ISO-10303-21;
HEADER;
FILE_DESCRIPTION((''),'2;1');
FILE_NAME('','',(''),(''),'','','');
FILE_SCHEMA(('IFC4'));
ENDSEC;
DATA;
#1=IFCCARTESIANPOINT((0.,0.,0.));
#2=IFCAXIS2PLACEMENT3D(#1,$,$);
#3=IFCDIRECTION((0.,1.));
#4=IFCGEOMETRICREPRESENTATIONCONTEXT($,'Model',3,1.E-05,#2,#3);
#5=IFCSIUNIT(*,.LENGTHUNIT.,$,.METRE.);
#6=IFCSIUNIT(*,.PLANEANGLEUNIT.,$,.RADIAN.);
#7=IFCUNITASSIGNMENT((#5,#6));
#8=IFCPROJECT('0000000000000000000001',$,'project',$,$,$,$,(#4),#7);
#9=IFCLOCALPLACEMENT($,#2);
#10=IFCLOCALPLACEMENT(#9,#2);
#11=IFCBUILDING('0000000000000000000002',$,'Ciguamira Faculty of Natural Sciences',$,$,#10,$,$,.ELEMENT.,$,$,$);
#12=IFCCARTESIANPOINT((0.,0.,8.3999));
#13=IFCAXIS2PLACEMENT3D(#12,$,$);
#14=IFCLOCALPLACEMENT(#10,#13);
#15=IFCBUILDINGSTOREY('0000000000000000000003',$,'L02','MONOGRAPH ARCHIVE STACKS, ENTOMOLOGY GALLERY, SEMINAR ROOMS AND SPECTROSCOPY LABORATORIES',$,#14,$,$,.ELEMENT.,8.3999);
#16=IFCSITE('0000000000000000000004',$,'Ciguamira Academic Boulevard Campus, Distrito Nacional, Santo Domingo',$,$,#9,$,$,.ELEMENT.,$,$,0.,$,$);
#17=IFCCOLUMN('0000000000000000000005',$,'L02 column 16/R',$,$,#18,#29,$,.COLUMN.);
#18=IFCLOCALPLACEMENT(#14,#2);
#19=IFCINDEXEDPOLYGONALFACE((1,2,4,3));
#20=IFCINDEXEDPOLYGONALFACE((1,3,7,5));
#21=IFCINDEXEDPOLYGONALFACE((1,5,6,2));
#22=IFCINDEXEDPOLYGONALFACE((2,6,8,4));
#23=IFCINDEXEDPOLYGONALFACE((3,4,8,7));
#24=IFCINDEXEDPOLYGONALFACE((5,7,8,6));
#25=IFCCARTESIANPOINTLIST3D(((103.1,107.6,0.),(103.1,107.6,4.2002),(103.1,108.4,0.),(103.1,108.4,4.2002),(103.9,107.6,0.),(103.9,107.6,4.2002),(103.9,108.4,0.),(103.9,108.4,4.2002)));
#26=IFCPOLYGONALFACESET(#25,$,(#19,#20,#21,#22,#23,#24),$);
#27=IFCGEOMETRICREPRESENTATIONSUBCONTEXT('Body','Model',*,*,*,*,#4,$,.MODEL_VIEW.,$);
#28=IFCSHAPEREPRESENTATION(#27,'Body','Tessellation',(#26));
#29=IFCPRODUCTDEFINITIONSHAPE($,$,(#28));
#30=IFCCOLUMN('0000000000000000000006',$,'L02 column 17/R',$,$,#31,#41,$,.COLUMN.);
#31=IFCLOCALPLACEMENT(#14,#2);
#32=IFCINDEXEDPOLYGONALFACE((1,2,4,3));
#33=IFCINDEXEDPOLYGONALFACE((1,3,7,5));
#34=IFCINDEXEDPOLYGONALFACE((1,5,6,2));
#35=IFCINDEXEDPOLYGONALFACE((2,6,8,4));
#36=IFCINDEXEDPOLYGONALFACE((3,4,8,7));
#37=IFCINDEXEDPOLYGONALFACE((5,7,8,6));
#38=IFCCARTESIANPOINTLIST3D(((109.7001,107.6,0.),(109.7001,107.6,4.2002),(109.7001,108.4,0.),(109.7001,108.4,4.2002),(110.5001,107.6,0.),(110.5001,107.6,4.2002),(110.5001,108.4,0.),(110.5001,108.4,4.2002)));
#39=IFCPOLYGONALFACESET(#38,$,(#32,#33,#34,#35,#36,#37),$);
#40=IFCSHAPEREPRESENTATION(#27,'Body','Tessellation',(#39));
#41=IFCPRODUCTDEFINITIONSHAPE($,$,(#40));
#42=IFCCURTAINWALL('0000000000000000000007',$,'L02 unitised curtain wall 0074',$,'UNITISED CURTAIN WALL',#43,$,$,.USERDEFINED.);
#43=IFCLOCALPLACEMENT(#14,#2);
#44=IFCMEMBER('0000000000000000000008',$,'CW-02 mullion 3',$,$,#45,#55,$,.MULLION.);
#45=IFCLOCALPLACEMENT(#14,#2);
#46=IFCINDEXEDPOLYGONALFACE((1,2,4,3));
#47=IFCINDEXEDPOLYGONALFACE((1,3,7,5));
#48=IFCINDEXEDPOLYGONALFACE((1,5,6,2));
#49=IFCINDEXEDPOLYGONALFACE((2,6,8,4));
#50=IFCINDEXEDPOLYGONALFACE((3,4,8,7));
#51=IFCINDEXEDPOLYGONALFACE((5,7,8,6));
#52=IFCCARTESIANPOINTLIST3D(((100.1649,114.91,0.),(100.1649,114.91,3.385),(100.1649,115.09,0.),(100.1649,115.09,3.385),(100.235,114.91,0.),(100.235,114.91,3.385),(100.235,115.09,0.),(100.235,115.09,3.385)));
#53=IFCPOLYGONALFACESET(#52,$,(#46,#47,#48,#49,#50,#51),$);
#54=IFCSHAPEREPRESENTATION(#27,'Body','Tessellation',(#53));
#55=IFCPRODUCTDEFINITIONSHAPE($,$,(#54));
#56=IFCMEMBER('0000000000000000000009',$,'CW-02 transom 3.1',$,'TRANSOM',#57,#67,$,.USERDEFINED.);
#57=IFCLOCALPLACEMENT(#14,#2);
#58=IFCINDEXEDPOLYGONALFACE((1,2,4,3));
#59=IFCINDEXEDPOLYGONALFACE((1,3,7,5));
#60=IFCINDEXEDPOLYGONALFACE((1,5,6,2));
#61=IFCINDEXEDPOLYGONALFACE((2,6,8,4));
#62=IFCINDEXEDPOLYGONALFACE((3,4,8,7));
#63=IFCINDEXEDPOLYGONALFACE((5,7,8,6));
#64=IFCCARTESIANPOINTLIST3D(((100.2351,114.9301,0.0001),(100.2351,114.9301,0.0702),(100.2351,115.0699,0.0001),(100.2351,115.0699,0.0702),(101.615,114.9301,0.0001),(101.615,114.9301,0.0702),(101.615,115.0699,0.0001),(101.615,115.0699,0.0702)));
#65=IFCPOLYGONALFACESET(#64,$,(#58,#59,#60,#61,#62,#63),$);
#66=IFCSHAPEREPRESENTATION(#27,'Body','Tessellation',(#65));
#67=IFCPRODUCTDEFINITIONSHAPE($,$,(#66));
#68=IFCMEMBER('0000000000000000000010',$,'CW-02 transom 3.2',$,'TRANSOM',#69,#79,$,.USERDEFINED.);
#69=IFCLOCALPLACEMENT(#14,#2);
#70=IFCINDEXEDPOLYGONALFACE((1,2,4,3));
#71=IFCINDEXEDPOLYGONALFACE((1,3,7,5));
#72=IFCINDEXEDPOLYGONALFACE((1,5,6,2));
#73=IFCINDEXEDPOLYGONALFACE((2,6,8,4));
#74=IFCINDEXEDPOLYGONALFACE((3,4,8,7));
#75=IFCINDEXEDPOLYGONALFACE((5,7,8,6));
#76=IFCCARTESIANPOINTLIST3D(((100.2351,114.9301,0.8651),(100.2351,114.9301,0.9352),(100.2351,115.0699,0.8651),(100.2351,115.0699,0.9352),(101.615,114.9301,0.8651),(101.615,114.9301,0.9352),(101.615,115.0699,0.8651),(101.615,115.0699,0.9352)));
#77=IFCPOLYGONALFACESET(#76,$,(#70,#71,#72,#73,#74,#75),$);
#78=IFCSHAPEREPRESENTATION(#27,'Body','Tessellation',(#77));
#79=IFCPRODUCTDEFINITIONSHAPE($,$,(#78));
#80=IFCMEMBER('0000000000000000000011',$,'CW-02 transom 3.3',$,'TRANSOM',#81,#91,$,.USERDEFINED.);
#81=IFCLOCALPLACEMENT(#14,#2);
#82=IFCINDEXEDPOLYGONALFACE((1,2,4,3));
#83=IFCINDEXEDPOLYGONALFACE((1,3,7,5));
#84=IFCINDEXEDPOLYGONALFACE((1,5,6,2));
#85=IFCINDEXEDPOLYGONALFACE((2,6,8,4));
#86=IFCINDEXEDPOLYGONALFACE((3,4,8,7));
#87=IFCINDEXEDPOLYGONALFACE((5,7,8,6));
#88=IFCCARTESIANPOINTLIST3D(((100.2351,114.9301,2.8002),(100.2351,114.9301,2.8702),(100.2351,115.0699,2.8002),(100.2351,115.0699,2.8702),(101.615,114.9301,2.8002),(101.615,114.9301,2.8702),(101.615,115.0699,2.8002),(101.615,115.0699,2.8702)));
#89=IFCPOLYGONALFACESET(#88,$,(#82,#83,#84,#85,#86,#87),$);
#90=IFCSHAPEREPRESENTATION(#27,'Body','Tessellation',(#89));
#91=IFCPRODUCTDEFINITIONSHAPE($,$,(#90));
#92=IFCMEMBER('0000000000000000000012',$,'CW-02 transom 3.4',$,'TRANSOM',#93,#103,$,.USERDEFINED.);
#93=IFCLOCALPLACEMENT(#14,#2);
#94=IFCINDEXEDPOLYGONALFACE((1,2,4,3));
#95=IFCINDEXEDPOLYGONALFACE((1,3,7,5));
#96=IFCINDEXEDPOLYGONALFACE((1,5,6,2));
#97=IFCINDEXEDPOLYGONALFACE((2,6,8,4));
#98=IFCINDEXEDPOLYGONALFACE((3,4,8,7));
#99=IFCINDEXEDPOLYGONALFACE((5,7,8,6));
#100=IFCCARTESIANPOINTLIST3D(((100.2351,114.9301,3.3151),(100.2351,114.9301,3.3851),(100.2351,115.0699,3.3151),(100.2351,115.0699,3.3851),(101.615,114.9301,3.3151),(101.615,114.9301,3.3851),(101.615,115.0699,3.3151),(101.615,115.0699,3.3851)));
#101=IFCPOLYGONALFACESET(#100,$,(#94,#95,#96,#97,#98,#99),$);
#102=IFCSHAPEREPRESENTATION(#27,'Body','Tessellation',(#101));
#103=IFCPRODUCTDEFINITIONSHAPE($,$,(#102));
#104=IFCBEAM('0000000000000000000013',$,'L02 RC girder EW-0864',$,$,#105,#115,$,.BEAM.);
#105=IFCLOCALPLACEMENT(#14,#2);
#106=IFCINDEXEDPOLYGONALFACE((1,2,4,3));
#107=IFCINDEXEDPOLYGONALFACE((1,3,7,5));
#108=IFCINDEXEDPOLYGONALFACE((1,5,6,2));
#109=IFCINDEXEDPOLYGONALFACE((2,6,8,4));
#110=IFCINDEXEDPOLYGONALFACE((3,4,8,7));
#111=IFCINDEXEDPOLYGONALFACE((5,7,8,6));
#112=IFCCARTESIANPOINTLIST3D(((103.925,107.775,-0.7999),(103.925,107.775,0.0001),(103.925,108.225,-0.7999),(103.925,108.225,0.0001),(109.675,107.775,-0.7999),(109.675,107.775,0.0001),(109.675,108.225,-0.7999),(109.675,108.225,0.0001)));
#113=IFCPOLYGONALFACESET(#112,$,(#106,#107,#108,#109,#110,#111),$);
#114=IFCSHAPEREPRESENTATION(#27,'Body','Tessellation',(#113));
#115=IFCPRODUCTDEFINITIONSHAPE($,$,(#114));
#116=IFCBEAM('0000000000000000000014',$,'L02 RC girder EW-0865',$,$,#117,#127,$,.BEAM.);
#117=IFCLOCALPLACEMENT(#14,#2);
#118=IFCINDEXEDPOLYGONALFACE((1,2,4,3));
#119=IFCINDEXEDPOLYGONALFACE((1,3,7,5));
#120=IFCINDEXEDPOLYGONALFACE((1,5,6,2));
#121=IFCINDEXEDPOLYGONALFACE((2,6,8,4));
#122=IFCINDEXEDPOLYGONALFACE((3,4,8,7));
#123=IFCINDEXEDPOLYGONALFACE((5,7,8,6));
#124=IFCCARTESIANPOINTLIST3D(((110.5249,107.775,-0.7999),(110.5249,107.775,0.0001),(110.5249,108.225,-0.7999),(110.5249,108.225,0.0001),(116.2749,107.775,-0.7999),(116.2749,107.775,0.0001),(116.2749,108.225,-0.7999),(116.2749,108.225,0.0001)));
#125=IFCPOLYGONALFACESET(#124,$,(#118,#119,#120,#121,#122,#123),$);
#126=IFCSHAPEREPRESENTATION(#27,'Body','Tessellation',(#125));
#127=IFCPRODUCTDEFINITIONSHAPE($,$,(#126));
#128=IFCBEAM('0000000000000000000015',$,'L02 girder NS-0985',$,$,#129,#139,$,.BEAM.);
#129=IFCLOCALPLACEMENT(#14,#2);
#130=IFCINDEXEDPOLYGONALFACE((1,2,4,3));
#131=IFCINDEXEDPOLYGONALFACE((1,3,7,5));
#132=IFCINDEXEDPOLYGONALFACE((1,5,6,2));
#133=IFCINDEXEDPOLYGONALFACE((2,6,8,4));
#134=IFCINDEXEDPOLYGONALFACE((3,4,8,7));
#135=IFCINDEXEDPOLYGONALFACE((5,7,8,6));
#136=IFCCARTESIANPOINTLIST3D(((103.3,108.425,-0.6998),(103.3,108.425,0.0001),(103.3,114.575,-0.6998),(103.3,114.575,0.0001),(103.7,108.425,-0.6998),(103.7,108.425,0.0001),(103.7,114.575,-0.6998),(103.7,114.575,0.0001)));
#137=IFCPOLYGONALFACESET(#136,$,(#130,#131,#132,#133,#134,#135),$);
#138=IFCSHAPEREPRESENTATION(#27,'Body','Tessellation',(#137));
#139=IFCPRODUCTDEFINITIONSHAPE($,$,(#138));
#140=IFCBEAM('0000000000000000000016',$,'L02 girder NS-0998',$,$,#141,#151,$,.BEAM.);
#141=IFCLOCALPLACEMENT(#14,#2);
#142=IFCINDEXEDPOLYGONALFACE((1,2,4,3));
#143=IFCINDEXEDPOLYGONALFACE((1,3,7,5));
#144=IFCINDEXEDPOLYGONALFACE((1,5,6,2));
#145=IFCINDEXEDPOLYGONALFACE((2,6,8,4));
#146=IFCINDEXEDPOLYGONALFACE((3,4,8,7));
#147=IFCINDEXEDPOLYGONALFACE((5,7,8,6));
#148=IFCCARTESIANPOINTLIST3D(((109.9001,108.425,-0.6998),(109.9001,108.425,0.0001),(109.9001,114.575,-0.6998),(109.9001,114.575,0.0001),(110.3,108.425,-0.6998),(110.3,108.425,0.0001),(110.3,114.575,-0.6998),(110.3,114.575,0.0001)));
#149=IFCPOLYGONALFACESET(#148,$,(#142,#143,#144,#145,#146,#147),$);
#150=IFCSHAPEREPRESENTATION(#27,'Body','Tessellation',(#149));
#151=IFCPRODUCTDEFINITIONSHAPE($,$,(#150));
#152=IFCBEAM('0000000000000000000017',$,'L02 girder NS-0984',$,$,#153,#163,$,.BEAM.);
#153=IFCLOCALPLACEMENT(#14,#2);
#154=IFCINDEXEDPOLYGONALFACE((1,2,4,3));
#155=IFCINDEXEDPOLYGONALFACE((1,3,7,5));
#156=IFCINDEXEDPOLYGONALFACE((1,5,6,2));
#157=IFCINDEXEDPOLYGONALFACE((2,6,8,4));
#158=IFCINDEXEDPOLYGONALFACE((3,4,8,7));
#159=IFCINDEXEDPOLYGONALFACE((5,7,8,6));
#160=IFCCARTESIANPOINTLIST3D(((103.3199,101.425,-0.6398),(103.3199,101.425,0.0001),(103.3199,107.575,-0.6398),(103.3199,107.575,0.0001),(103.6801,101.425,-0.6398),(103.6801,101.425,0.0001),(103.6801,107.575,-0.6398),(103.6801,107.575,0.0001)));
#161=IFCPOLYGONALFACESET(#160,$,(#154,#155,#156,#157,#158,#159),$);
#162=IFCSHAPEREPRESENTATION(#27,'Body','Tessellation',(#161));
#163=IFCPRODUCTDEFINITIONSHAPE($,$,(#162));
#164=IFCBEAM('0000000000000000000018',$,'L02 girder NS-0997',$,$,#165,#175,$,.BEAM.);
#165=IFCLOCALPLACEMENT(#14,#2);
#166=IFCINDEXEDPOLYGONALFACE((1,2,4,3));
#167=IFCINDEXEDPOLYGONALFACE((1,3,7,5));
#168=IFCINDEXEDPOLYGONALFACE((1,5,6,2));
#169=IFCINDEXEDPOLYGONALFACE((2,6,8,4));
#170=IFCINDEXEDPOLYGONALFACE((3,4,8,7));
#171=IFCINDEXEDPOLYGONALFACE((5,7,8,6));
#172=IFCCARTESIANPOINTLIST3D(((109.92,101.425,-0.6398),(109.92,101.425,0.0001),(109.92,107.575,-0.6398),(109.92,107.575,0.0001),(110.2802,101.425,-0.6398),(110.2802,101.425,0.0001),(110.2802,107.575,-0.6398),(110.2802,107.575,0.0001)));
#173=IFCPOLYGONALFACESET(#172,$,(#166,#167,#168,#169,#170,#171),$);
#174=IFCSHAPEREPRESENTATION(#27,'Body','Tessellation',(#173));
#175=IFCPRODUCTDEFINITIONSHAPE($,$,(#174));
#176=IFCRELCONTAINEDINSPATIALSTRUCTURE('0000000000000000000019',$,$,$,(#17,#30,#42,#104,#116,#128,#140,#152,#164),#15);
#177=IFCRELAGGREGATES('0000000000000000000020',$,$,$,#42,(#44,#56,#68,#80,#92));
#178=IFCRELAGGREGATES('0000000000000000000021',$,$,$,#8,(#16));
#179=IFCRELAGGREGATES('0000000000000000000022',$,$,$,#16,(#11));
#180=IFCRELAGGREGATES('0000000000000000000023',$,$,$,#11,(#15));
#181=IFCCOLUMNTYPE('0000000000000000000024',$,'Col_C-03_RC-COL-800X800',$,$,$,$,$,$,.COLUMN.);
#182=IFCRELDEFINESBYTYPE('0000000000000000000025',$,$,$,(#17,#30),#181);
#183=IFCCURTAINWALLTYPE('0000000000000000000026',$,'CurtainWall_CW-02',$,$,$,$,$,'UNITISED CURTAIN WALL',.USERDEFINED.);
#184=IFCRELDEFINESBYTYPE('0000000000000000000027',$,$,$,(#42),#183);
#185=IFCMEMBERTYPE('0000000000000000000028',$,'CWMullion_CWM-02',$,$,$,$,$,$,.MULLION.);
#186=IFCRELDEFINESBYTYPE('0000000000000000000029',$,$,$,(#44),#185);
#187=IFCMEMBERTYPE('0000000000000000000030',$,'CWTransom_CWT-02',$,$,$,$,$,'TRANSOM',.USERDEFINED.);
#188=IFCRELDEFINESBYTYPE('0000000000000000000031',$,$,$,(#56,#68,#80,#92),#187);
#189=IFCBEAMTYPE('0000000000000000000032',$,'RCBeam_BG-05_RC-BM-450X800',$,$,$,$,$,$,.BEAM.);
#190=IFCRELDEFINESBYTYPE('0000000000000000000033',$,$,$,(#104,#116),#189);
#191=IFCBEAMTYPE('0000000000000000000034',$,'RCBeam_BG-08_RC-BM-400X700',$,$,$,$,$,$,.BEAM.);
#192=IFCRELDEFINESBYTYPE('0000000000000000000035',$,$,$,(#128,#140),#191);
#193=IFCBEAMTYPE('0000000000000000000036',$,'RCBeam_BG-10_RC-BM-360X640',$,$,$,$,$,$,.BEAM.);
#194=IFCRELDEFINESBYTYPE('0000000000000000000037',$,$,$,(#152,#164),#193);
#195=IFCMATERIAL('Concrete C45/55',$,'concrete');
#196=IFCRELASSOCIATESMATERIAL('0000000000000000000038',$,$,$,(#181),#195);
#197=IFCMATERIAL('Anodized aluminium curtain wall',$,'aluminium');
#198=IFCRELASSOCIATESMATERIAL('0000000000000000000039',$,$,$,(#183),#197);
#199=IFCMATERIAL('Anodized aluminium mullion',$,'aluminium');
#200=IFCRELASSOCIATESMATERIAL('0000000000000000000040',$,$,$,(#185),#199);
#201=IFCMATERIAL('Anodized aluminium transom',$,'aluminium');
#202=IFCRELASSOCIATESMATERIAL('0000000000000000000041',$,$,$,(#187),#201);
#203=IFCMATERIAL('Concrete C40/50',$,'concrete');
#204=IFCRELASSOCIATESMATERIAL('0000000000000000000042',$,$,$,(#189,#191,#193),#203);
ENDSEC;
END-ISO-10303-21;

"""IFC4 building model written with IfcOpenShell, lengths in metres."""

from ifc_helpers import new_model, si_unit, direction, frame, origin, origin_2d, place, context, subcontext, project, spatial, rectangle, extrude, material, material_profile, profile_set, type_object, element, aggregate, save


model = new_model("IFC4")

# Units and contexts
model_context = context("Model", 3, precision=1e-05, world=origin(), true_north=direction((0.0, 1.0)))
body_context = subcontext(model_context, "Body", "Model", "MODEL_VIEW")
ifc_project = project(units=[si_unit("LENGTHUNIT", "METRE"), si_unit("PLANEANGLEUNIT", "RADIAN")], contexts=[model_context])

# Site, building, storey
site_placement = place(None, origin())
site = spatial("IfcSite", under=ifc_project, at=site_placement, Name="Ciguamira Academic Boulevard Campus, Distrito Nacional, Santo Domingo", CompositionType="ELEMENT", RefElevation=0.0)
building_placement = place(site_placement, origin())
building = spatial("IfcBuilding", under=site, at=building_placement, Name="Ciguamira Faculty of Natural Sciences", CompositionType="ELEMENT")
storey_placement = place(building_placement, frame((0.0, 0.0, 8.3999)))
storey = spatial("IfcBuildingStorey", under=building, at=storey_placement, Name="L02", Description="MONOGRAPH ARCHIVE STACKS, ENTOMOLOGY GALLERY, SEMINAR ROOMS AND SPECTROSCOPY LABORATORIES", CompositionType="ELEMENT", Elevation=8.3999)

# Columns
ifc_material_1 = material(Name="Concrete C45/55", Category="concrete")
ifc_material_profile_1 = material_profile(ifc_material_1, rectangle(XDim=0.8, YDim=0.8, at=origin_2d()), Name="RC-COL-800X800")
ifc_profile_set_1 = profile_set([ifc_material_profile_1], Name="Concrete C45/55")
column_type = type_object("IfcColumnType", Name="Col_C-03_RC-COL-800X800", PredefinedType="COLUMN", material=ifc_profile_set_1)
for number, where, z_axis, x_axis, name in (
    (1, (103.5, 108.0, 0.0), (0.0, 0.0, 1.0), (1.0, 0.0, 0.0), "L02 column 16/R"),
    (2, (110.1001, 108.0, 0.0), (0.0, 0.0, 1.0), (1.0, 0.0, 0.0), "L02 column 17/R"),
):
    element("IfcColumn", number, at=place(storey_placement, frame(where, z_axis=z_axis, x_axis=x_axis)), inside=storey, type_object=column_type, Name=name, PredefinedType="COLUMN", context=body_context, shape_type="SweptSolid", body=[
        extrude(rectangle(XDim=0.8, YDim=0.8, at=origin_2d()), origin(), (0.0, 0.0, 1.0), 4.2002),
    ])

# Curtain wall, members
ifc_material_2 = material(Name="Anodized aluminium curtain wall", Category="aluminium")
curtain_wall_type = type_object("IfcCurtainWallType", Name="CurtainWall_CW-02", ElementType="UNITISED CURTAIN WALL", PredefinedType="USERDEFINED", material=ifc_material_2)
curtain_wall_placement = place(storey_placement, origin())
curtain_wall = element("IfcCurtainWall", 3, at=curtain_wall_placement, inside=storey, type_object=curtain_wall_type, Name="L02 unitised curtain wall 0074", ObjectType="UNITISED CURTAIN WALL", PredefinedType="USERDEFINED")
ifc_material_3 = material(Name="Anodized aluminium mullion", Category="aluminium")
ifc_material_profile_2 = material_profile(ifc_material_3, rectangle(XDim=0.0701, YDim=0.1799, at=origin_2d()), Name="ALU-MUL-70X180")
ifc_profile_set_2 = profile_set([ifc_material_profile_2], Name="Anodized aluminium mullion")
member_type_1 = type_object("IfcMemberType", Name="CWMullion_CWM-02", PredefinedType="MULLION", material=ifc_profile_set_2)
member_1_placement = place(storey_placement, frame((100.2, 115.0, 0.0), z_axis=(0.0, 0.0, 1.0), x_axis=(1.0, 0.0, 0.0)))
member_1 = element("IfcMember", 4, at=member_1_placement, type_object=member_type_1, Name="CW-02 mullion 3", PredefinedType="MULLION", context=body_context, shape_type="SweptSolid", body=[
    extrude(rectangle(XDim=0.0701, YDim=0.1799, at=origin_2d()), origin(), (0.0, 0.0, 1.0), 3.385),
])
ifc_material_4 = material(Name="Anodized aluminium transom", Category="aluminium")
ifc_material_profile_3 = material_profile(ifc_material_4, rectangle(XDim=0.0701, YDim=0.1399, at=origin_2d()), Name="ALU-TRN-70X140")
ifc_profile_set_3 = profile_set([ifc_material_profile_3], Name="Anodized aluminium transom")
member_type_2 = type_object("IfcMemberType", Name="CWTransom_CWT-02", ElementType="TRANSOM", PredefinedType="USERDEFINED", material=ifc_profile_set_3)
member_2_placement = place(storey_placement, frame((100.2351, 115.0, 0.0352), z_axis=(1.0, 0.0, 0.0), x_axis=(0.0, 0.0, 1.0)))
member_2 = element("IfcMember", 5, at=member_2_placement, type_object=member_type_2, Name="CW-02 transom 3.1", ObjectType="TRANSOM", PredefinedType="USERDEFINED", context=body_context, shape_type="SweptSolid", body=[
    extrude(rectangle(XDim=0.0701, YDim=0.1399, at=origin_2d()), origin(), (0.0, 0.0, 1.0), 1.3799),
])
member_3_placement = place(storey_placement, frame((100.2351, 115.0, 0.9001), z_axis=(1.0, 0.0, 0.0), x_axis=(0.0, 0.0, 1.0)))
member_3 = element("IfcMember", 6, at=member_3_placement, type_object=member_type_2, Name="CW-02 transom 3.2", ObjectType="TRANSOM", PredefinedType="USERDEFINED", context=body_context, shape_type="SweptSolid", body=[
    extrude(rectangle(XDim=0.0701, YDim=0.1399, at=origin_2d()), origin(), (0.0, 0.0, 1.0), 1.3799),
])
member_4_placement = place(storey_placement, frame((100.2351, 115.0, 2.8352), z_axis=(1.0, 0.0, 0.0), x_axis=(0.0, 0.0, 1.0)))
member_4 = element("IfcMember", 7, at=member_4_placement, type_object=member_type_2, Name="CW-02 transom 3.3", ObjectType="TRANSOM", PredefinedType="USERDEFINED", context=body_context, shape_type="SweptSolid", body=[
    extrude(rectangle(XDim=0.0701, YDim=0.1399, at=origin_2d()), origin(), (0.0, 0.0, 1.0), 1.3799),
])
member_5_placement = place(storey_placement, frame((100.2351, 115.0, 3.3501), z_axis=(1.0, 0.0, 0.0), x_axis=(0.0, 0.0, 1.0)))
member_5 = element("IfcMember", 8, at=member_5_placement, type_object=member_type_2, Name="CW-02 transom 3.4", ObjectType="TRANSOM", PredefinedType="USERDEFINED", context=body_context, shape_type="SweptSolid", body=[
    extrude(rectangle(XDim=0.0701, YDim=0.1399, at=origin_2d()), origin(), (0.0, 0.0, 1.0), 1.3799),
])

# Beams
ifc_material_5 = material(Name="Concrete C40/50", Category="concrete")
ifc_material_profile_4 = material_profile(ifc_material_5, rectangle(XDim=0.45, YDim=0.8, at=origin_2d()), Name="RC-BM-450X800")
ifc_profile_set_4 = profile_set([ifc_material_profile_4], Name="Concrete C40/50")
beam_type_1 = type_object("IfcBeamType", Name="RCBeam_BG-05_RC-BM-450X800", PredefinedType="BEAM", material=ifc_profile_set_4)
for number, where, z_axis, x_axis, name in (
    (9, (103.925, 108.0, -0.3999), (1.0, 0.0, 0.0), (0.0, 1.0, 0.0), "L02 RC girder EW-0864"),
    (10, (110.5249, 108.0, -0.3999), (1.0, 0.0, 0.0), (0.0, 1.0, 0.0), "L02 RC girder EW-0865"),
):
    element("IfcBeam", number, at=place(storey_placement, frame(where, z_axis=z_axis, x_axis=x_axis)), inside=storey, type_object=beam_type_1, Name=name, PredefinedType="BEAM", context=body_context, shape_type="SweptSolid", body=[
        extrude(rectangle(XDim=0.45, YDim=0.8, at=origin_2d()), origin(), (0.0, 0.0, 1.0), 5.75),
    ])
ifc_material_profile_5 = material_profile(ifc_material_5, rectangle(XDim=0.3999, YDim=0.7, at=origin_2d()), Name="RC-BM-400X700")
ifc_profile_set_5 = profile_set([ifc_material_profile_5], Name="Concrete C40/50")
beam_type_2 = type_object("IfcBeamType", Name="RCBeam_BG-08_RC-BM-400X700", PredefinedType="BEAM", material=ifc_profile_set_5)
for number, where, z_axis, x_axis, name in (
    (11, (103.5, 108.425, -0.3499), (0.0, 1.0, 0.0), (-1.0, 0.0, 0.0), "L02 girder NS-0985"),
    (12, (110.1001, 108.425, -0.3499), (0.0, 1.0, 0.0), (-1.0, 0.0, 0.0), "L02 girder NS-0998"),
):
    element("IfcBeam", number, at=place(storey_placement, frame(where, z_axis=z_axis, x_axis=x_axis)), inside=storey, type_object=beam_type_2, Name=name, PredefinedType="BEAM", context=body_context, shape_type="SweptSolid", body=[
        extrude(rectangle(XDim=0.3999, YDim=0.7, at=origin_2d()), origin(), (0.0, 0.0, 1.0), 6.1499),
    ])
ifc_material_profile_6 = material_profile(ifc_material_5, rectangle(XDim=0.3601, YDim=0.6399, at=origin_2d()), Name="RC-BM-360X640")
ifc_profile_set_6 = profile_set([ifc_material_profile_6], Name="Concrete C40/50")
beam_type_3 = type_object("IfcBeamType", Name="RCBeam_BG-10_RC-BM-360X640", PredefinedType="BEAM", material=ifc_profile_set_6)
for number, where, z_axis, x_axis, name in (
    (13, (103.5, 101.425, -0.3198), (0.0, 1.0, 0.0), (-1.0, 0.0, 0.0), "L02 girder NS-0984"),
    (14, (110.1001, 101.425, -0.3198), (0.0, 1.0, 0.0), (-1.0, 0.0, 0.0), "L02 girder NS-0997"),
):
    element("IfcBeam", number, at=place(storey_placement, frame(where, z_axis=z_axis, x_axis=x_axis)), inside=storey, type_object=beam_type_3, Name=name, PredefinedType="BEAM", context=body_context, shape_type="SweptSolid", body=[
        extrude(rectangle(XDim=0.3601, YDim=0.6399, at=origin_2d()), origin(), (0.0, 0.0, 1.0), 6.1499),
    ])

aggregate(curtain_wall, [member_1, member_2, member_3, member_4, member_5])

save(model, "model.ifc")
